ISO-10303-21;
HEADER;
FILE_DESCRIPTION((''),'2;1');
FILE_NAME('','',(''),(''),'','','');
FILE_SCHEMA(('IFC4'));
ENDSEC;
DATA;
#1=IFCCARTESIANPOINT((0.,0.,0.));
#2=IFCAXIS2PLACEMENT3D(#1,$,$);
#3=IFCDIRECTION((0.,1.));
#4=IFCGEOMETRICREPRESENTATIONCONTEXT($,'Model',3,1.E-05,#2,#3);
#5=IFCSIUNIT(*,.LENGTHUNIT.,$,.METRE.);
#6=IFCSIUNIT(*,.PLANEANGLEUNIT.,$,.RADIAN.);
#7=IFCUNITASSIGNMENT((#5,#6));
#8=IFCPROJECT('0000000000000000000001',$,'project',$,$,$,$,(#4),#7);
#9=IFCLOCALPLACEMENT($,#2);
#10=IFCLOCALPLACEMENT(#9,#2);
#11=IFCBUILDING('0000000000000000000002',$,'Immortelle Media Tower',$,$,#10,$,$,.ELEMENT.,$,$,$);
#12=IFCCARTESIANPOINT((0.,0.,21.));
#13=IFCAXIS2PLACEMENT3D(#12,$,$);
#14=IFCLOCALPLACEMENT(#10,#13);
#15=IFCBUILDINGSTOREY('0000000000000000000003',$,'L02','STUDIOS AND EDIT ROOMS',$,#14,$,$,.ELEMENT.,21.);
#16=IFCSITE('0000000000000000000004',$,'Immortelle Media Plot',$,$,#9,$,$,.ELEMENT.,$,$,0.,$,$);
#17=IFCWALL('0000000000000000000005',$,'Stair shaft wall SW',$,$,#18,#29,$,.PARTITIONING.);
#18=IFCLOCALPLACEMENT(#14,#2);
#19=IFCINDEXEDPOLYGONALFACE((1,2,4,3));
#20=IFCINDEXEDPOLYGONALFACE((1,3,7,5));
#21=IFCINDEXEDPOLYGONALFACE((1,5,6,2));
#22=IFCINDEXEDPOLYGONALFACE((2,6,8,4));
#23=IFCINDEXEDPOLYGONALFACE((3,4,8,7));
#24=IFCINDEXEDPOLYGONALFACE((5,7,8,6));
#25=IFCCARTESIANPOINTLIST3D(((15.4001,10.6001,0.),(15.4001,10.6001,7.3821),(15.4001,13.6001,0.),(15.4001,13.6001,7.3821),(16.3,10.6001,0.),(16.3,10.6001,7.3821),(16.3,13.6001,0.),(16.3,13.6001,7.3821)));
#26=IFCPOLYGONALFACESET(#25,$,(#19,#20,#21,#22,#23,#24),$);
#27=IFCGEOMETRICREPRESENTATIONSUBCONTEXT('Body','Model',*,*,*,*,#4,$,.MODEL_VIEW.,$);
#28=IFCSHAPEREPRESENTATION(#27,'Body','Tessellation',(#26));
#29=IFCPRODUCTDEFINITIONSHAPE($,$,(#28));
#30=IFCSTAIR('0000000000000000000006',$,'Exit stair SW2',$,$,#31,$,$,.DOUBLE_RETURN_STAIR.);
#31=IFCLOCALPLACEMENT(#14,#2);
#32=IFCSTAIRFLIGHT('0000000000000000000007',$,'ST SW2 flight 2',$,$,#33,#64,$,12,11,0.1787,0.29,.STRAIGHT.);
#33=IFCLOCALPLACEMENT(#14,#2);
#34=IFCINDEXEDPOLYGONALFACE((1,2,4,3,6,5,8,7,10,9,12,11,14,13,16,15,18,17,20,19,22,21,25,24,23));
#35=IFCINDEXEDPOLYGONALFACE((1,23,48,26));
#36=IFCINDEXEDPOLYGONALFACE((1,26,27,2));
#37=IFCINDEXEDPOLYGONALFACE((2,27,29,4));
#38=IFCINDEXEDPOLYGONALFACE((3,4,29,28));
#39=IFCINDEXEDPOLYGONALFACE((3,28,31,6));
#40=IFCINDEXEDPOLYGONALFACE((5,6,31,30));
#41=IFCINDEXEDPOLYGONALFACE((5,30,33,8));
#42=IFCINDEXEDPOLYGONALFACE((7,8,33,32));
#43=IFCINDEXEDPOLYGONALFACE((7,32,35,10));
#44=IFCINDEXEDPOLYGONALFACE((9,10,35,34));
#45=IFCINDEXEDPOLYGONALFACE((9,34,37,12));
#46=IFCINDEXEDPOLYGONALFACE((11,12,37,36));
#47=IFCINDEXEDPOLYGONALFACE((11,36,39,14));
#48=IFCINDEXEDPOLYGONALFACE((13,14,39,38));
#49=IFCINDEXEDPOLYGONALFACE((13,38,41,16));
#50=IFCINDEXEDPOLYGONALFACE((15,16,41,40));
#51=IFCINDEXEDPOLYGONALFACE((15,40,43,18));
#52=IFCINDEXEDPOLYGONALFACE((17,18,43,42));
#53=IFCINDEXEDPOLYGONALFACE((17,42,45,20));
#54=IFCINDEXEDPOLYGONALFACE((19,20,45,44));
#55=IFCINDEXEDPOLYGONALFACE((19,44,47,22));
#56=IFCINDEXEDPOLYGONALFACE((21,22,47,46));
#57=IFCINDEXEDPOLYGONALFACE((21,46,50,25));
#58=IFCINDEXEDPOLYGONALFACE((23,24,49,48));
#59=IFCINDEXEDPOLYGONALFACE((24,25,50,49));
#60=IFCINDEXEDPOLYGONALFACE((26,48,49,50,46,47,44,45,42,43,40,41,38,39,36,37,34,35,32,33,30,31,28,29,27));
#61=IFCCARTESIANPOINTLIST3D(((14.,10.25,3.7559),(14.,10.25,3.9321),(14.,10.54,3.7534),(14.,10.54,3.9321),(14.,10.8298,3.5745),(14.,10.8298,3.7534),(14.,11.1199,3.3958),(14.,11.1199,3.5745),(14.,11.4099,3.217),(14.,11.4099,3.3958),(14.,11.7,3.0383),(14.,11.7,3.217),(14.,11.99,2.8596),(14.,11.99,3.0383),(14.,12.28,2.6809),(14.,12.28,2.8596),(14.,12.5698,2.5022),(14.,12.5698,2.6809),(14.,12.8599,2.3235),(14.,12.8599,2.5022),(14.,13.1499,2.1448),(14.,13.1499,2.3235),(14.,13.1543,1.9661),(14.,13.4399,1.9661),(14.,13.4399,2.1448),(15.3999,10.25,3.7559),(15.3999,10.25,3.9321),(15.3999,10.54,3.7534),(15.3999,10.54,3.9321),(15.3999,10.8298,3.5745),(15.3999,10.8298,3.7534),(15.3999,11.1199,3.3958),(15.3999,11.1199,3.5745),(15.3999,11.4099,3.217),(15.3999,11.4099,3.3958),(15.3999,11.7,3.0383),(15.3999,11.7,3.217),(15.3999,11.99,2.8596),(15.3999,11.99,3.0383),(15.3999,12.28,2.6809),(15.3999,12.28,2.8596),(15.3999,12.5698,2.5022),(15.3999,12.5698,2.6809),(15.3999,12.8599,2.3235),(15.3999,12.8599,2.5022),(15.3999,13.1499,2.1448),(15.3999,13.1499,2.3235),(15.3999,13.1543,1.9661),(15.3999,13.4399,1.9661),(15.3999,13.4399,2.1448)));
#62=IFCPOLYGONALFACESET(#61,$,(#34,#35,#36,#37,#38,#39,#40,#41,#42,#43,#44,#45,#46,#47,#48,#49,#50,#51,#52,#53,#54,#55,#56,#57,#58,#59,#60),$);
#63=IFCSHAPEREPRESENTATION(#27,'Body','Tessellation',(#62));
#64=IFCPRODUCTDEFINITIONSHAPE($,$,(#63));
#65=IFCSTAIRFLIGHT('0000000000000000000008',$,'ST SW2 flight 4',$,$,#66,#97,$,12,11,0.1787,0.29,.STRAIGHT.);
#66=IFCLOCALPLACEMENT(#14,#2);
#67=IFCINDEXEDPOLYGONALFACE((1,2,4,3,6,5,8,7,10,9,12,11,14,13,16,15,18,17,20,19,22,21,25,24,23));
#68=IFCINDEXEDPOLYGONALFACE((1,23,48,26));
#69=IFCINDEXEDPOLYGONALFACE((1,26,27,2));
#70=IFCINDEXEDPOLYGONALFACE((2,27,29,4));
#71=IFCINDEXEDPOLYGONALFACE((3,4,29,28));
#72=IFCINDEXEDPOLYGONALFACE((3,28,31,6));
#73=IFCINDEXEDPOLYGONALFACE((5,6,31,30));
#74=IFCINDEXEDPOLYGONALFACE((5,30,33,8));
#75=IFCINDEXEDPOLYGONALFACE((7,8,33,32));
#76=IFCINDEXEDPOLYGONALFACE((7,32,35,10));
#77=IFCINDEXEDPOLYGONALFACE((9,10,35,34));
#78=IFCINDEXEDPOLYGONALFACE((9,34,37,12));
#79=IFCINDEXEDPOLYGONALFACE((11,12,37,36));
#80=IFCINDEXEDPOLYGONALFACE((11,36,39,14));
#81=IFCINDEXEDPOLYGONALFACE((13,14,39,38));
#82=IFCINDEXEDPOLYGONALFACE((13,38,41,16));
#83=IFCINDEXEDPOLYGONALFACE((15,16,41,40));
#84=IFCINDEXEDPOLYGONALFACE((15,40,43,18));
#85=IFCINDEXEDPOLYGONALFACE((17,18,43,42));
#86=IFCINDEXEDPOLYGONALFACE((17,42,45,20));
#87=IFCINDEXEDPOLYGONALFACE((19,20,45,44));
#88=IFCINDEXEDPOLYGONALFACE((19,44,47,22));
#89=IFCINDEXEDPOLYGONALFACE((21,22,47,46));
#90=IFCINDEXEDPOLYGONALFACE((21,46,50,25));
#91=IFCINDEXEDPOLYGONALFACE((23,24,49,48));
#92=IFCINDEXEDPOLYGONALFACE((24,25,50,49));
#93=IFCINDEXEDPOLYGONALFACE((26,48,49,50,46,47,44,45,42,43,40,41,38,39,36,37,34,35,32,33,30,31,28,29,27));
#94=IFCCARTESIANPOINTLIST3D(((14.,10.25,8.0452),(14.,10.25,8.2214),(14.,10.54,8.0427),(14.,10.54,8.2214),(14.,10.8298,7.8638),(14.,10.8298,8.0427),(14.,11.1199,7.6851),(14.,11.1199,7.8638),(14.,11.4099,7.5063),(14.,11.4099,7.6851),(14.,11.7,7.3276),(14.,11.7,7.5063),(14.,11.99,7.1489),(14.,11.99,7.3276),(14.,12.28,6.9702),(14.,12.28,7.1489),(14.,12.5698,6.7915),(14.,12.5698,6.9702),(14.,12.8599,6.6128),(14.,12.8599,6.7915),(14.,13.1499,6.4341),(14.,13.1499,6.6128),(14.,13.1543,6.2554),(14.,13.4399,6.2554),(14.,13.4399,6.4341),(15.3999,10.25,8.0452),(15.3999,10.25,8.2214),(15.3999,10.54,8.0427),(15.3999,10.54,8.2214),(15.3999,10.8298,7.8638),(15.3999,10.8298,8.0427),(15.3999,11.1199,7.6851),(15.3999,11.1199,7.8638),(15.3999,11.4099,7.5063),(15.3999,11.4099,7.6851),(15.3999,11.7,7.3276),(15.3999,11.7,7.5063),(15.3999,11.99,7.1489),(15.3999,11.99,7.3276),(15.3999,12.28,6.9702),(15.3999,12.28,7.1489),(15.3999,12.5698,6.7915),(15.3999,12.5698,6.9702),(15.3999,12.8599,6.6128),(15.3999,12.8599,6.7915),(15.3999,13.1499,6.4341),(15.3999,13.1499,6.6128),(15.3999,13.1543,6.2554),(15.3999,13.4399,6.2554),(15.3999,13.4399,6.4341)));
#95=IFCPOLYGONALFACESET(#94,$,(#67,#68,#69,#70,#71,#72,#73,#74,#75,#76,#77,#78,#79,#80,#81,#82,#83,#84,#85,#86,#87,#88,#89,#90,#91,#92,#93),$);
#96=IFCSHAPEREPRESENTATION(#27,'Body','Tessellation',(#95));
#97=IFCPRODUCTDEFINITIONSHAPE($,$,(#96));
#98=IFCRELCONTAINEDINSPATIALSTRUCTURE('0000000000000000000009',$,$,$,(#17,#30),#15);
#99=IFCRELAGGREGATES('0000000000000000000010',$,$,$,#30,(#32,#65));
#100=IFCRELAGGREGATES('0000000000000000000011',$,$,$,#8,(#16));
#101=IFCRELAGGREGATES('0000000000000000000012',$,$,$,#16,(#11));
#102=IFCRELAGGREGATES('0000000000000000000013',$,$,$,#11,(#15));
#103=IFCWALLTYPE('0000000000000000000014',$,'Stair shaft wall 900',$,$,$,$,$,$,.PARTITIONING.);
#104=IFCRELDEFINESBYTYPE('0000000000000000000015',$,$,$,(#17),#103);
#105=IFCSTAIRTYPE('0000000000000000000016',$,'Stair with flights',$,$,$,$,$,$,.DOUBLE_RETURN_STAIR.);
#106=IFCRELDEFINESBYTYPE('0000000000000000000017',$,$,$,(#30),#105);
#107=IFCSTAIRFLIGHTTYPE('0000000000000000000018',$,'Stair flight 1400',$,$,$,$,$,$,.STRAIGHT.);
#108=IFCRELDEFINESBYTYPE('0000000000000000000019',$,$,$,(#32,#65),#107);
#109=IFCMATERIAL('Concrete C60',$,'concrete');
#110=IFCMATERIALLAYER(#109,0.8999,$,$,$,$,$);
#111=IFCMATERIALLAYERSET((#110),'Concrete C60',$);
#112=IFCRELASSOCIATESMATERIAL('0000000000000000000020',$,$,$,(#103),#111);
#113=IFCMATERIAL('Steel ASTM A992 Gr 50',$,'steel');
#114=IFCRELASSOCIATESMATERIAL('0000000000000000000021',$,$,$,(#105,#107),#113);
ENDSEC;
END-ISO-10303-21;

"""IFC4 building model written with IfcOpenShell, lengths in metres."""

from ifc_helpers import new_model, si_unit, direction, frame, frame_2d, origin, place, context, subcontext, project, spatial, polyline, rectangle, outline, extrude, material, layer, layer_set, type_object, element, aggregate, save


model = new_model("IFC4")

# Units and contexts
model_context = context("Model", 3, precision=1e-05, world=origin(), true_north=direction((0.0, 1.0)))
body_context = subcontext(model_context, "Body", "Model", "MODEL_VIEW")
ifc_project = project(units=[si_unit("LENGTHUNIT", "METRE"), si_unit("PLANEANGLEUNIT", "RADIAN")], contexts=[model_context])

# Site, building, storey
site_placement = place(None, origin())
site = spatial("IfcSite", under=ifc_project, at=site_placement, Name="Immortelle Media Plot", CompositionType="ELEMENT", RefElevation=0.0)
building_placement = place(site_placement, origin())
building = spatial("IfcBuilding", under=site, at=building_placement, Name="Immortelle Media Tower", CompositionType="ELEMENT")
storey_placement = place(building_placement, frame((0.0, 0.0, 21.0)))
storey = spatial("IfcBuildingStorey", under=building, at=storey_placement, Name="L02", Description="STUDIOS AND EDIT ROOMS", CompositionType="ELEMENT", Elevation=21.0)

# Shared definitions
ifc_material_1 = material(Name="Steel ASTM A992 Gr 50", Category="steel")

# Shared definitions
ifc_material_2 = material(Name="Concrete C60", Category="concrete")

# Shared definitions
ifc_layer_1 = layer(ifc_material_2, 0.8999)
ifc_layer_set_1 = layer_set([ifc_layer_1], Name="Concrete C60")
wall_type_1 = type_object("IfcWallType", Name="Stair shaft wall 900", PredefinedType="PARTITIONING", material=ifc_layer_set_1)

# Wall
wall_1_placement = place(storey_placement, frame((15.8501, 10.6001, 0.0), z_axis=(0.0, 0.0, 1.0), x_axis=(0.0, 1.0, 0.0)))
element("IfcWall", 1, at=wall_1_placement, inside=storey, type_object=wall_type_1, Name="Stair shaft wall SW", PredefinedType="PARTITIONING", context=body_context, shape_type="SweptSolid", body=[
    extrude(rectangle(XDim=3.0, YDim=0.8999, at=frame_2d((1.5, 0.0))), origin(), (0.0, 0.0, 1.0), 7.3821),
])

# Stair, stair flights
stair_type = type_object("IfcStairType", Name="Stair with flights", PredefinedType="DOUBLE_RETURN_STAIR", material=ifc_material_1)
stair_placement = place(storey_placement, origin())
stair = element("IfcStair", 2, at=stair_placement, inside=storey, type_object=stair_type, Name="Exit stair SW2", PredefinedType="DOUBLE_RETURN_STAIR")
stair_flight_type = type_object("IfcStairFlightType", Name="Stair flight 1400", PredefinedType="STRAIGHT", material=ifc_material_1)
stair_flight_1_placement = place(storey_placement, frame((14.7, 13.4399, 1.9661), z_axis=(0.0, 0.0, 1.0), x_axis=(0.0, -1.0, 0.0)))
stair_flight_1 = element("IfcStairFlight", 3, at=stair_flight_1_placement, type_object=stair_flight_type, Name="ST SW2 flight 2", NumberOfRisers=12, NumberOfTreads=11, PredefinedType="STRAIGHT", RiserHeight=0.1787, TreadLength=0.29, context=body_context, shape_type="SweptSolid", body=[
    extrude(outline(polyline([(0.0, 0.0), (0.0, 0.1787), (0.29, 0.1787), (0.29, 0.3574), (0.5801, 0.3574), (0.5801, 0.5361), (0.8701, 0.5361), (0.8701, 0.7148), (1.1599, 0.7148), (1.1599, 0.8936), (1.45, 0.8936), (1.45, 1.0723), (1.74, 1.0723), (1.74, 1.251), (2.03, 1.251), (2.03, 1.4297), (2.3201, 1.4297), (2.3201, 1.6084), (2.6101, 1.6084), (2.6101, 1.7874), (2.8999, 1.7874), (2.8999, 1.9661), (3.1899, 1.9661), (3.1899, 2.1448), (3.1899, 1.7898), (0.2856, 0.0), (0.0, 0.0)])), frame((0.0, 0.7, 0.0), z_axis=(0.0, -1.0, 0.0), x_axis=(1.0, 0.0, 0.0)), (0.0, 0.0, 1.0), 1.3999),
])
stair_flight_2_placement = place(storey_placement, frame((14.7, 13.4399, 6.2554), z_axis=(0.0, 0.0, 1.0), x_axis=(0.0, -1.0, 0.0)))
stair_flight_2 = element("IfcStairFlight", 4, at=stair_flight_2_placement, type_object=stair_flight_type, Name="ST SW2 flight 4", NumberOfRisers=12, NumberOfTreads=11, PredefinedType="STRAIGHT", RiserHeight=0.1787, TreadLength=0.29, context=body_context, shape_type="SweptSolid", body=[
    extrude(outline(polyline([(0.0, 0.0), (0.0, 0.1787), (0.29, 0.1787), (0.29, 0.3574), (0.5801, 0.3574), (0.5801, 0.5361), (0.8701, 0.5361), (0.8701, 0.7148), (1.1599, 0.7148), (1.1599, 0.8936), (1.45, 0.8936), (1.45, 1.0723), (1.74, 1.0723), (1.74, 1.251), (2.03, 1.251), (2.03, 1.4297), (2.3201, 1.4297), (2.3201, 1.6084), (2.6101, 1.6084), (2.6101, 1.7874), (2.8999, 1.7874), (2.8999, 1.9661), (3.1899, 1.9661), (3.1899, 2.1448), (3.1899, 1.7898), (0.2856, 0.0), (0.0, 0.0)])), frame((0.0, 0.7, 0.0), z_axis=(0.0, -1.0, 0.0), x_axis=(1.0, 0.0, 0.0)), (0.0, 0.0, 1.0), 1.3999),
])
aggregate(stair, [stair_flight_1, stair_flight_2])

save(model, "model.ifc")
